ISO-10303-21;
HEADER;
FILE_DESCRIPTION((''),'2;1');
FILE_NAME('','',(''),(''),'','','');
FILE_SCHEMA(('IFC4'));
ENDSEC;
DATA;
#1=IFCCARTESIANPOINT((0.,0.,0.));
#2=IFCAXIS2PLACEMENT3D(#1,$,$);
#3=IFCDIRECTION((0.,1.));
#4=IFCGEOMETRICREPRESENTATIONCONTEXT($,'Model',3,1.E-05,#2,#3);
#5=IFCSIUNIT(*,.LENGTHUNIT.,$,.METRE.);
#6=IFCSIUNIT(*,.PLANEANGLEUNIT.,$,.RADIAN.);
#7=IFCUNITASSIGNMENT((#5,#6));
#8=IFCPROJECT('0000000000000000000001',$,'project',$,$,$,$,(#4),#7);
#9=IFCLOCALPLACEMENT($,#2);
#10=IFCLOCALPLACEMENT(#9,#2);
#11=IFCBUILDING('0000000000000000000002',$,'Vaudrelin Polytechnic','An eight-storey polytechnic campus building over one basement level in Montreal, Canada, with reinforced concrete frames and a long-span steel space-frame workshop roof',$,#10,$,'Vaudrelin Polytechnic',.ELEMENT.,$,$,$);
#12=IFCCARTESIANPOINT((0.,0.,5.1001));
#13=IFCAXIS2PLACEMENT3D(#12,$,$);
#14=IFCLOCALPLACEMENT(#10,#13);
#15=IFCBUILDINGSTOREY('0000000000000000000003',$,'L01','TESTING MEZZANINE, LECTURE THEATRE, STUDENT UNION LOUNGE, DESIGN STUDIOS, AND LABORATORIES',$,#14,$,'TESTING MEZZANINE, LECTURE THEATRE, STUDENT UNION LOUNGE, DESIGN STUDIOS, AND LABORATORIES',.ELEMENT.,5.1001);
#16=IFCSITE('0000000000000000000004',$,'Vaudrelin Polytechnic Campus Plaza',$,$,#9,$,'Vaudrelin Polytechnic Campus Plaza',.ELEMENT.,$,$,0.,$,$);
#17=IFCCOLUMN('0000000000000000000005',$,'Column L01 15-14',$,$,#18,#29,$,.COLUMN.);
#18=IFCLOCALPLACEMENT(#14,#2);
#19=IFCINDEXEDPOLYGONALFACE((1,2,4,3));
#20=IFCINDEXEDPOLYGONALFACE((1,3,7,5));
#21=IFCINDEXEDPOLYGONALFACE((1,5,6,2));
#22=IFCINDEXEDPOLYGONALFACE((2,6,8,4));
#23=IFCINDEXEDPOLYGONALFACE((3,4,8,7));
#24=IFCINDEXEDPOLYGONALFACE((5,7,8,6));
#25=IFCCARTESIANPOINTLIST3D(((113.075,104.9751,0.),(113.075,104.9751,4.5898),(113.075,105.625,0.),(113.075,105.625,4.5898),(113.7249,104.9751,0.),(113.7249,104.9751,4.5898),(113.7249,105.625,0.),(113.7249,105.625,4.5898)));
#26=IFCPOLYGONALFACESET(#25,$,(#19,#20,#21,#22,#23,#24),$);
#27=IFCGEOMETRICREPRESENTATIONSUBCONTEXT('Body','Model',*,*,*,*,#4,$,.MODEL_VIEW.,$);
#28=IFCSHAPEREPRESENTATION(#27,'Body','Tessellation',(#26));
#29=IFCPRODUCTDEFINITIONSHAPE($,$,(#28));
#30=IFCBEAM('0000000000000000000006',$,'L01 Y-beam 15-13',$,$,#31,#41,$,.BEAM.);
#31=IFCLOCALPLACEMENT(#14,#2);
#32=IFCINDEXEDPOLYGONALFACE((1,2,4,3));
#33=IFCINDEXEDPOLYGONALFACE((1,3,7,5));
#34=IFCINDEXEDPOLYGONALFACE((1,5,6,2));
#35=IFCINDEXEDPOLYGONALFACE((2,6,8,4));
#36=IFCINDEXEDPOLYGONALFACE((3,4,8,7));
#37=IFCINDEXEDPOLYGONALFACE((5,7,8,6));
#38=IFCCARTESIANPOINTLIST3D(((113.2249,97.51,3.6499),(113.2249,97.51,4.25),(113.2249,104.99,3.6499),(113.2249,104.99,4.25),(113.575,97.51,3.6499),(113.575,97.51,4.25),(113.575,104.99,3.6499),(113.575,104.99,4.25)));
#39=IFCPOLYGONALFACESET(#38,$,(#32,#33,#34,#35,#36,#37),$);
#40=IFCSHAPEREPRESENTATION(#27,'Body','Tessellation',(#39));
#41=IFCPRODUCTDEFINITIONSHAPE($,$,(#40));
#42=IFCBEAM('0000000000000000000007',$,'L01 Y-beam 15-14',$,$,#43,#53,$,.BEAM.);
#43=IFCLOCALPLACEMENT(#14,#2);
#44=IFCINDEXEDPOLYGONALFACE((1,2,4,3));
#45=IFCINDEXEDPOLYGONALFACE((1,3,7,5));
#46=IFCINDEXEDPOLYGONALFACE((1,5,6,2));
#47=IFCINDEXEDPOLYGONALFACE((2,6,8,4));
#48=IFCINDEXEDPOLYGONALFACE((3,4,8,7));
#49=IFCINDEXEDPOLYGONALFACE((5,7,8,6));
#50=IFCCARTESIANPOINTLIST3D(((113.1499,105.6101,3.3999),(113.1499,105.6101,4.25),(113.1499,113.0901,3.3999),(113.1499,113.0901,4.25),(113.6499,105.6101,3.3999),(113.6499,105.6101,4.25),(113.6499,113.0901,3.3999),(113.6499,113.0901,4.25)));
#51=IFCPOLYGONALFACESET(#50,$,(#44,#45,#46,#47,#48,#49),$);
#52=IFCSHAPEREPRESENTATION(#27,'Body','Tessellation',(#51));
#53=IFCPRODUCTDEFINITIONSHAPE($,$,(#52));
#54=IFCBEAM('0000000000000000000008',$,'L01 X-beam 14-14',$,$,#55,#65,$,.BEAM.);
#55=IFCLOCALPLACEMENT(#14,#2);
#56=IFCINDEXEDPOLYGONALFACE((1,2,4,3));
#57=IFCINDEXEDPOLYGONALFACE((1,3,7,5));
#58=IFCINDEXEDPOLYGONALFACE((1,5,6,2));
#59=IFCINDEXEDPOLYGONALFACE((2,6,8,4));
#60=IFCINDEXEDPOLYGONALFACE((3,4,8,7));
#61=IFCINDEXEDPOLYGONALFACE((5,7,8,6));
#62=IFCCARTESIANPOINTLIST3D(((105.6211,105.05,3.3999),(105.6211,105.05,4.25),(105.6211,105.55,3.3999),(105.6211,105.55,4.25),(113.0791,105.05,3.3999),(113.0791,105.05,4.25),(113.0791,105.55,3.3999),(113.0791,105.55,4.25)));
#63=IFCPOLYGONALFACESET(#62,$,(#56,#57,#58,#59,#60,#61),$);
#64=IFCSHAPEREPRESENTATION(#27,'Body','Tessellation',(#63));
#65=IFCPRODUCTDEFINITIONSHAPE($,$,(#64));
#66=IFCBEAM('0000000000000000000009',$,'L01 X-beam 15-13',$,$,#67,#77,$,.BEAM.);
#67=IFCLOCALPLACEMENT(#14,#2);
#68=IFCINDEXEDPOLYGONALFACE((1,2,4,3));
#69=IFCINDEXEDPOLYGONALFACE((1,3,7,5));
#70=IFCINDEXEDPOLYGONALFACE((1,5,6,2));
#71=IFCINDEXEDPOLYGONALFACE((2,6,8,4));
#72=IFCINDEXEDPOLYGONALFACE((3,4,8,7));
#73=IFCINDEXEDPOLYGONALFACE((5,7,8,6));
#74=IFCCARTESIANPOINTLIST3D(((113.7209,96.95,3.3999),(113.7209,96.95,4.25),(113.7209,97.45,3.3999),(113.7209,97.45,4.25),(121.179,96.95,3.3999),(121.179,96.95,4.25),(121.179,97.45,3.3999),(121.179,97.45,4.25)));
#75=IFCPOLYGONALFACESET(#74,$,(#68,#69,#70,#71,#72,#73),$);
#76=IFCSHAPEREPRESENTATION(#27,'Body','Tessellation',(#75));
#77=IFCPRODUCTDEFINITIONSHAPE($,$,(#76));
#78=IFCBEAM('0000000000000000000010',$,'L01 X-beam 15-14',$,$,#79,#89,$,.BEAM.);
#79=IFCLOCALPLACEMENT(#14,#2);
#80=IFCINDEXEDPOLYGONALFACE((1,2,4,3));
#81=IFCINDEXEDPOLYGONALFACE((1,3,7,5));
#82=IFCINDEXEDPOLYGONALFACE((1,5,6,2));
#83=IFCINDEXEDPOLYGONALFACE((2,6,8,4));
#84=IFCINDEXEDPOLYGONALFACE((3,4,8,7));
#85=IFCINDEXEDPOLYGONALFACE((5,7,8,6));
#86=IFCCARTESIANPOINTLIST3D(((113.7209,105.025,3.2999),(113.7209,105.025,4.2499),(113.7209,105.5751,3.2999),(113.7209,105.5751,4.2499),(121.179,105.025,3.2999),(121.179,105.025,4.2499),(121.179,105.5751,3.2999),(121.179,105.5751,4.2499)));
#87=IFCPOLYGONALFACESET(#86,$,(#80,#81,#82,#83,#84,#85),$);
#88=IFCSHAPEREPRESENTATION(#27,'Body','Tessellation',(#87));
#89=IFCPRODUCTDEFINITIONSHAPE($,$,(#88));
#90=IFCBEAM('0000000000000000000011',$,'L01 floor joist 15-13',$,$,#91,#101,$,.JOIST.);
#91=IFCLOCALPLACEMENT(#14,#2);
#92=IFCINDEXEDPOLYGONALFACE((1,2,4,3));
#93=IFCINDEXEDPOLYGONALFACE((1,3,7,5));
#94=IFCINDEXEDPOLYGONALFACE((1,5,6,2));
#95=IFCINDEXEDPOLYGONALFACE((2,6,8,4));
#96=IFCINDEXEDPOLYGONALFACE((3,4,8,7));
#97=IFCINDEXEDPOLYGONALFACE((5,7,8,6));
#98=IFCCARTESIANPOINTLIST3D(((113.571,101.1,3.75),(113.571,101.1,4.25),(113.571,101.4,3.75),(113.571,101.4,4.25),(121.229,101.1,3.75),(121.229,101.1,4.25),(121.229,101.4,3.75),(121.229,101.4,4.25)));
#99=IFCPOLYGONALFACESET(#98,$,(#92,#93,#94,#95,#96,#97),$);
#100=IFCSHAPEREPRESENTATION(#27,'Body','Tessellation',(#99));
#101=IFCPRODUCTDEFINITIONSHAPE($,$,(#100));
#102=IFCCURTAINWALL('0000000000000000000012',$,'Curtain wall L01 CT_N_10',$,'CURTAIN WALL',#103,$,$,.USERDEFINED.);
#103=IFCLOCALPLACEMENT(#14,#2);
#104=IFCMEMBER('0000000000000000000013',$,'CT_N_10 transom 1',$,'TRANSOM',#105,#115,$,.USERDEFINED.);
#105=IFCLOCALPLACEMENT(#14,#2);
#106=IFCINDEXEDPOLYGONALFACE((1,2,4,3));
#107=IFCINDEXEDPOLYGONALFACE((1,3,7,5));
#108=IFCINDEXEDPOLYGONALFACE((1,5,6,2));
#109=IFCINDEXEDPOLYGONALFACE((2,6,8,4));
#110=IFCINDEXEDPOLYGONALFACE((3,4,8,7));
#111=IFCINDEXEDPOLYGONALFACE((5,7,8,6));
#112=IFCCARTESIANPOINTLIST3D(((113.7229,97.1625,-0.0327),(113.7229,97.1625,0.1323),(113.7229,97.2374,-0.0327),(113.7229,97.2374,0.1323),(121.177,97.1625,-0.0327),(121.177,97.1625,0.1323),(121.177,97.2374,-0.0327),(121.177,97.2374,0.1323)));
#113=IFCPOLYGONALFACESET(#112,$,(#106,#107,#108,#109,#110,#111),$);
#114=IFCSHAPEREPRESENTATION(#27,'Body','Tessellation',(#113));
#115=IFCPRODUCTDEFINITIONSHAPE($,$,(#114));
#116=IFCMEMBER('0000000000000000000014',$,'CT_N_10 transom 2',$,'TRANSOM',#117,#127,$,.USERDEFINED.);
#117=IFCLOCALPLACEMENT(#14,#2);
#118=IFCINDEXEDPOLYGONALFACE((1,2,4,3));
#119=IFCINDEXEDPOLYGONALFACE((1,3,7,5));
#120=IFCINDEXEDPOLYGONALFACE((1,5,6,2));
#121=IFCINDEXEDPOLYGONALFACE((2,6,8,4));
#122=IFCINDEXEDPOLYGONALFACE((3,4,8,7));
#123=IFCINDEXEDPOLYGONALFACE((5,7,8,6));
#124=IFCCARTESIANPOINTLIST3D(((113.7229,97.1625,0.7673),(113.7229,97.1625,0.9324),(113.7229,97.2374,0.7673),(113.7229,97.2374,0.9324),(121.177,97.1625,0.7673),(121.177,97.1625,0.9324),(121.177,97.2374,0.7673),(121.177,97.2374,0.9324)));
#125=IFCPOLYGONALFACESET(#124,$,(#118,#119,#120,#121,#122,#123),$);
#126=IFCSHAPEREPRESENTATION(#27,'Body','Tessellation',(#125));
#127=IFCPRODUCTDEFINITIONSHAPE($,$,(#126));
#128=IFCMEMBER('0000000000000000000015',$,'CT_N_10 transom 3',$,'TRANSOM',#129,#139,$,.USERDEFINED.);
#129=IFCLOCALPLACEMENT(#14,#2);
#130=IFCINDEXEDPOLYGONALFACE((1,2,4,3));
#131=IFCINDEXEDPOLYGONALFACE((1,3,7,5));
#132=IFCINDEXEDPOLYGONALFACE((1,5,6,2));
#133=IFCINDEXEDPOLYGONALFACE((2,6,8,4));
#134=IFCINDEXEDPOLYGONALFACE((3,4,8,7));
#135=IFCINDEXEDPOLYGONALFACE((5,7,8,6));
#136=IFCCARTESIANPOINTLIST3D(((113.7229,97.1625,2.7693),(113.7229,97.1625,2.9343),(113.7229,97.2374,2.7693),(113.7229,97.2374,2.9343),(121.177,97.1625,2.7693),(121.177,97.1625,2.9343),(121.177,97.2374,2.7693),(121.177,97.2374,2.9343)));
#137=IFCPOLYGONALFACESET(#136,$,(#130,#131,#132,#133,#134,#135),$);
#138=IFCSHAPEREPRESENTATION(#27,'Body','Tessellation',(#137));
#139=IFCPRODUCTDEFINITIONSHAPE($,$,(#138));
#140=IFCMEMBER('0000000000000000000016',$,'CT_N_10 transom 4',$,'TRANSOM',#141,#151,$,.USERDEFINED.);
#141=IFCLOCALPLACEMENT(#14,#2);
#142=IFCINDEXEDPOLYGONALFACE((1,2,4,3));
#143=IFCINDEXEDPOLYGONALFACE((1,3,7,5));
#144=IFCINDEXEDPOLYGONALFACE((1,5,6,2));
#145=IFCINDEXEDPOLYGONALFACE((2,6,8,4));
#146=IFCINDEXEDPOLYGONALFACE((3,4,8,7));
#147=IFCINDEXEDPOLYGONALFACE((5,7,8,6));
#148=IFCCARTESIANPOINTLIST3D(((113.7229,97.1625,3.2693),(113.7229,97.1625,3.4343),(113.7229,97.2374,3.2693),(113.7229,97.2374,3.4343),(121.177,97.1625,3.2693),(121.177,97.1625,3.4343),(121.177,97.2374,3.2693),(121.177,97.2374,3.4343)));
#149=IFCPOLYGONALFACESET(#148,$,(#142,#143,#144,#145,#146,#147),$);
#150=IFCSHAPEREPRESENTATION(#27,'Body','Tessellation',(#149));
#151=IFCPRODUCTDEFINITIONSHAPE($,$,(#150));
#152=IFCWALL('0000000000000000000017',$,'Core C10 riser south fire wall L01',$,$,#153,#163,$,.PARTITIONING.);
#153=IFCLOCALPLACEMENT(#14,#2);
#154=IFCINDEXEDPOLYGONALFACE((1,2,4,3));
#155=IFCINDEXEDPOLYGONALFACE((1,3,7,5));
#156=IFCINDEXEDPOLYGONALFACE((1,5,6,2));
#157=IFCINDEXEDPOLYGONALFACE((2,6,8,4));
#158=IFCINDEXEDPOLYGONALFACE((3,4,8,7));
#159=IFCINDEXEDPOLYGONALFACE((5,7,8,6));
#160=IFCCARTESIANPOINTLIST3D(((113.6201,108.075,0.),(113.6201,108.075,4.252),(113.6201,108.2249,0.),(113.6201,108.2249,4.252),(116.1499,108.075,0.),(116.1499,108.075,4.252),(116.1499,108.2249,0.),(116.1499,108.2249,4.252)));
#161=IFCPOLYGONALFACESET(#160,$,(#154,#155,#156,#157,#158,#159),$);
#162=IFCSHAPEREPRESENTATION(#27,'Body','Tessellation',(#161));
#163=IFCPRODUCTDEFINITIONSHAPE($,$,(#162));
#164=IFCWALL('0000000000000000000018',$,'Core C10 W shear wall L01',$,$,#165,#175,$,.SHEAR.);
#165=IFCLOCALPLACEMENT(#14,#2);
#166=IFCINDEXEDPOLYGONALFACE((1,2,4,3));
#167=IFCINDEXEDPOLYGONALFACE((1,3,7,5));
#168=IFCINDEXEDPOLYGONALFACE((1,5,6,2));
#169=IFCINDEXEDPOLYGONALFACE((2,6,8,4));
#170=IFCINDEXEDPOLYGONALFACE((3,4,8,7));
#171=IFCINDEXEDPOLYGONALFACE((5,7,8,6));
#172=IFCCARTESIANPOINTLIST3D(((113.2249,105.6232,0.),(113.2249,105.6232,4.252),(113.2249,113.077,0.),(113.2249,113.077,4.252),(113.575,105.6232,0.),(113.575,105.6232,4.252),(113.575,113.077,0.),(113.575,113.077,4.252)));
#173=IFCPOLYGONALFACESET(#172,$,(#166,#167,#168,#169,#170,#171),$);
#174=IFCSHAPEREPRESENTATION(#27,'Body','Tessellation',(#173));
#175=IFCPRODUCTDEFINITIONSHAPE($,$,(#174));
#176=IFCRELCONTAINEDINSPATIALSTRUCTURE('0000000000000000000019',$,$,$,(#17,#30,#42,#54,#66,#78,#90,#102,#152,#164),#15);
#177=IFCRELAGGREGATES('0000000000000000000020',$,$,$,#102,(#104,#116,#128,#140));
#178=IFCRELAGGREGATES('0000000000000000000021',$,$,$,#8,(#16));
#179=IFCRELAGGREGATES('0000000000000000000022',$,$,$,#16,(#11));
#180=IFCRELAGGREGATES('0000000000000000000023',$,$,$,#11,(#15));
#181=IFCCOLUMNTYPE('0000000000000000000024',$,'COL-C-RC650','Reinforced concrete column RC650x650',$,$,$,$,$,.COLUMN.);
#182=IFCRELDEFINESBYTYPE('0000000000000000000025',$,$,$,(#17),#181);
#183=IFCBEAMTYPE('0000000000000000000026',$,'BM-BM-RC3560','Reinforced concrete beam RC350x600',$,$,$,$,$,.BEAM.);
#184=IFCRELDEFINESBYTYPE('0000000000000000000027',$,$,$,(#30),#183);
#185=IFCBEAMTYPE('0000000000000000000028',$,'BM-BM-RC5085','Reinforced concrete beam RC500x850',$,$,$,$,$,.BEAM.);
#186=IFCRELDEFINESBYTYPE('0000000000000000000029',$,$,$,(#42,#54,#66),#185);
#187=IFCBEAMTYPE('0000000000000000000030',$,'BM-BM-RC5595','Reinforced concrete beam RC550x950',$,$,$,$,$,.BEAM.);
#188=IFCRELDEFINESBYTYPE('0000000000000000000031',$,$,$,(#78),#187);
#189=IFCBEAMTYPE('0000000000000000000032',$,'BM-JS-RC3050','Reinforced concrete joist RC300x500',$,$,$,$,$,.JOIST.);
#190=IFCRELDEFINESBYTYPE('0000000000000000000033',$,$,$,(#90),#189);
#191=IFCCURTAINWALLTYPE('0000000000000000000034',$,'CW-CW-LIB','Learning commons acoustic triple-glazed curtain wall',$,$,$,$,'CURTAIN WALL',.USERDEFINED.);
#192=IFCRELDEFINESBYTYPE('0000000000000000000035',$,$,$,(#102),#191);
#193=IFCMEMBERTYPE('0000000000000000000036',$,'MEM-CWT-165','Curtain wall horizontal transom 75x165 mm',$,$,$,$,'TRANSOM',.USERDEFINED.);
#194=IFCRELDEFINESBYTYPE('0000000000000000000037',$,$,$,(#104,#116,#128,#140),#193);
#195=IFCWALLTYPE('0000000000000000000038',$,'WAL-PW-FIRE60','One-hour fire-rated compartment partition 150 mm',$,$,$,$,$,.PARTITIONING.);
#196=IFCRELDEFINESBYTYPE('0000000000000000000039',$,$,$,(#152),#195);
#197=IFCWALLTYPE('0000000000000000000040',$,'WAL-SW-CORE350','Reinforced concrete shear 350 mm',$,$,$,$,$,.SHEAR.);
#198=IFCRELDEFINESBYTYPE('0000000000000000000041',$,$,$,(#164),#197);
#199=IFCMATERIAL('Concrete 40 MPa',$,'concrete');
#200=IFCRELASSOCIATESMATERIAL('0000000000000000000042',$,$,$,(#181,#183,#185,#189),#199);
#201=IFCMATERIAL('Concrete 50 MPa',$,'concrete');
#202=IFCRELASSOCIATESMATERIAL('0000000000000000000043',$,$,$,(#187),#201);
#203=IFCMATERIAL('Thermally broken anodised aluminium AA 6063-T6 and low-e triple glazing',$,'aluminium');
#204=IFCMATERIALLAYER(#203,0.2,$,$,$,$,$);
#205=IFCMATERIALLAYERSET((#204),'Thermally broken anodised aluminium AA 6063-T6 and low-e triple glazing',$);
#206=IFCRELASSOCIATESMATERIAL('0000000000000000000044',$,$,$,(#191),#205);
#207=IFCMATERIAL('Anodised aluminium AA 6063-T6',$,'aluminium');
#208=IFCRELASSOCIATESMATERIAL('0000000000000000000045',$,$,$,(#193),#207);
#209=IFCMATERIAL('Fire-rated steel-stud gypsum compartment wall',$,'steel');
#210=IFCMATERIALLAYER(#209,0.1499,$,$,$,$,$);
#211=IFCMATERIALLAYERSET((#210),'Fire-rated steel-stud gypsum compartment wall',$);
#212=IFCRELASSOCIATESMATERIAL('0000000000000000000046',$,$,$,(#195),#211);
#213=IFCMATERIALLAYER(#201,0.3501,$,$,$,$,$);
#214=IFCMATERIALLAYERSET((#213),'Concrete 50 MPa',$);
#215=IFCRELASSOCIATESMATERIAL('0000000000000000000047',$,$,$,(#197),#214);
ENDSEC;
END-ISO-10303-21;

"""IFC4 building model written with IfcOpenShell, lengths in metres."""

from ifc_helpers import new_model, si_unit, direction, frame, frame_2d, origin, origin_2d, place, context, subcontext, project, spatial, rectangle, extrude, material, layer, layer_set, material_profile, profile_set, type_object, element, aggregate, save


model = new_model("IFC4")

# Units and contexts
model_context = context("Model", 3, precision=1e-05, world=origin(), true_north=direction((0.0, 1.0)))
body_context = subcontext(model_context, "Body", "Model", "MODEL_VIEW")
ifc_project = project(units=[si_unit("LENGTHUNIT", "METRE"), si_unit("PLANEANGLEUNIT", "RADIAN")], contexts=[model_context])

# Site, building, storey
site_placement = place(None, origin())
site = spatial("IfcSite", under=ifc_project, at=site_placement, Name="Vaudrelin Polytechnic Campus Plaza", LongName="Vaudrelin Polytechnic Campus Plaza", CompositionType="ELEMENT", RefElevation=0.0)
building_placement = place(site_placement, origin())
building = spatial("IfcBuilding", under=site, at=building_placement, Name="Vaudrelin Polytechnic", Description="An eight-storey polytechnic campus building over one basement level in Montreal, Canada, with reinforced concrete frames and a long-span steel space-frame workshop roof", LongName="Vaudrelin Polytechnic", CompositionType="ELEMENT")
storey_placement = place(building_placement, frame((0.0, 0.0, 5.1001)))
storey = spatial("IfcBuildingStorey", under=building, at=storey_placement, Name="L01", Description="TESTING MEZZANINE, LECTURE THEATRE, STUDENT UNION LOUNGE, DESIGN STUDIOS, AND LABORATORIES", LongName="TESTING MEZZANINE, LECTURE THEATRE, STUDENT UNION LOUNGE, DESIGN STUDIOS, AND LABORATORIES", CompositionType="ELEMENT", Elevation=5.1001)

# Column
ifc_material_1 = material(Name="Concrete 40 MPa", Category="concrete")
ifc_material_profile_1 = material_profile(ifc_material_1, rectangle(XDim=0.6499, YDim=0.6499, at=origin_2d()), Name="RC650x650")
ifc_profile_set_1 = profile_set([ifc_material_profile_1], Name="Concrete 40 MPa")
column_type = type_object("IfcColumnType", Name="COL-C-RC650", Description="Reinforced concrete column RC650x650", PredefinedType="COLUMN", material=ifc_profile_set_1)
column_placement = place(storey_placement, frame((113.3999, 105.3, 0.0), z_axis=(0.0, 0.0, 1.0), x_axis=(1.0, 0.0, 0.0)))
element("IfcColumn", 1, at=column_placement, inside=storey, type_object=column_type, Name="Column L01 15-14", PredefinedType="COLUMN", context=body_context, shape_type="SweptSolid", body=[
    extrude(rectangle(XDim=0.6499, YDim=0.6499, at=origin_2d()), origin(), (0.0, 0.0, 1.0), 4.5898),
])

# Beams
ifc_material_profile_2 = material_profile(ifc_material_1, rectangle(XDim=0.3501, YDim=0.6001, at=origin_2d()), Name="RC350x600")
ifc_profile_set_2 = profile_set([ifc_material_profile_2], Name="Concrete 40 MPa")
beam_type_1 = type_object("IfcBeamType", Name="BM-BM-RC3560", Description="Reinforced concrete beam RC350x600", PredefinedType="BEAM", material=ifc_profile_set_2)
beam_1_placement = place(storey_placement, frame((113.3999, 97.51, 3.95), z_axis=(0.0, 1.0, 0.0), x_axis=(-1.0, 0.0, 0.0)))
element("IfcBeam", 2, at=beam_1_placement, inside=storey, type_object=beam_type_1, Name="L01 Y-beam 15-13", PredefinedType="BEAM", context=body_context, shape_type="SweptSolid", body=[
    extrude(rectangle(XDim=0.3501, YDim=0.6001, at=origin_2d()), origin(), (0.0, 0.0, 1.0), 7.48),
])
ifc_material_profile_3 = material_profile(ifc_material_1, rectangle(XDim=0.5, YDim=0.8501, at=origin_2d()), Name="RC500x850")
ifc_profile_set_3 = profile_set([ifc_material_profile_3], Name="Concrete 40 MPa")
beam_type_2 = type_object("IfcBeamType", Name="BM-BM-RC5085", Description="Reinforced concrete beam RC500x850", PredefinedType="BEAM", material=ifc_profile_set_3)
beam_2_placement = place(storey_placement, frame((113.3999, 105.6101, 3.825), z_axis=(0.0, 1.0, 0.0), x_axis=(-1.0, 0.0, 0.0)))
element("IfcBeam", 3, at=beam_2_placement, inside=storey, type_object=beam_type_2, Name="L01 Y-beam 15-14", PredefinedType="BEAM", context=body_context, shape_type="SweptSolid", body=[
    extrude(rectangle(XDim=0.5, YDim=0.8501, at=origin_2d()), origin(), (0.0, 0.0, 1.0), 7.48),
])
for number, where, z_axis, x_axis, name in (
    (4, (105.6211, 105.3, 3.825), (1.0, 0.0, 0.0), (0.0, 1.0, 0.0), "L01 X-beam 14-14"),
    (5, (113.7209, 97.2, 3.825), (1.0, 0.0, 0.0), (0.0, 1.0, 0.0), "L01 X-beam 15-13"),
):
    element("IfcBeam", number, at=place(storey_placement, frame(where, z_axis=z_axis, x_axis=x_axis)), inside=storey, type_object=beam_type_2, Name=name, PredefinedType="BEAM", context=body_context, shape_type="SweptSolid", body=[
        extrude(rectangle(XDim=0.5, YDim=0.8501, at=origin_2d()), origin(), (0.0, 0.0, 1.0), 7.458),
    ])
ifc_material_2 = material(Name="Concrete 50 MPa", Category="concrete")
ifc_material_profile_4 = material_profile(ifc_material_2, rectangle(XDim=0.55, YDim=0.95, at=origin_2d()), Name="RC550x950")
ifc_profile_set_4 = profile_set([ifc_material_profile_4], Name="Concrete 50 MPa")
beam_type_3 = type_object("IfcBeamType", Name="BM-BM-RC5595", Description="Reinforced concrete beam RC550x950", PredefinedType="BEAM", material=ifc_profile_set_4)
beam_3_placement = place(storey_placement, frame((113.7209, 105.3, 3.7749), z_axis=(1.0, 0.0, 0.0), x_axis=(0.0, 1.0, 0.0)))
element("IfcBeam", 6, at=beam_3_placement, inside=storey, type_object=beam_type_3, Name="L01 X-beam 15-14", PredefinedType="BEAM", context=body_context, shape_type="SweptSolid", body=[
    extrude(rectangle(XDim=0.55, YDim=0.95, at=origin_2d()), origin(), (0.0, 0.0, 1.0), 7.458),
])
ifc_material_profile_5 = material_profile(ifc_material_1, rectangle(XDim=0.3, YDim=0.5, at=origin_2d()), Name="RC300x500")
ifc_profile_set_5 = profile_set([ifc_material_profile_5], Name="Concrete 40 MPa")
beam_type_4 = type_object("IfcBeamType", Name="BM-JS-RC3050", Description="Reinforced concrete joist RC300x500", PredefinedType="JOIST", material=ifc_profile_set_5)
beam_4_placement = place(storey_placement, frame((113.571, 101.25, 4.0), z_axis=(1.0, 0.0, 0.0), x_axis=(0.0, 1.0, 0.0)))
element("IfcBeam", 7, at=beam_4_placement, inside=storey, type_object=beam_type_4, Name="L01 floor joist 15-13", PredefinedType="JOIST", context=body_context, shape_type="SweptSolid", body=[
    extrude(rectangle(XDim=0.3, YDim=0.5, at=origin_2d()), origin(), (0.0, 0.0, 1.0), 7.658),
])

# Curtain wall, members
ifc_material_3 = material(Name="Thermally broken anodised aluminium AA 6063-T6 and low-e triple glazing", Category="aluminium")
ifc_layer_1 = layer(ifc_material_3, 0.2)
ifc_layer_set_1 = layer_set([ifc_layer_1], Name="Thermally broken anodised aluminium AA 6063-T6 and low-e triple glazing")
curtain_wall_type = type_object("IfcCurtainWallType", Name="CW-CW-LIB", Description="Learning commons acoustic triple-glazed curtain wall", ElementType="CURTAIN WALL", PredefinedType="USERDEFINED", material=ifc_layer_set_1)
curtain_wall_placement = place(storey_placement, origin())
curtain_wall = element("IfcCurtainWall", 8, at=curtain_wall_placement, inside=storey, type_object=curtain_wall_type, Name="Curtain wall L01 CT_N_10", ObjectType="CURTAIN WALL", PredefinedType="USERDEFINED")
ifc_material_4 = material(Name="Anodised aluminium AA 6063-T6", Category="aluminium")
ifc_material_profile_6 = material_profile(ifc_material_4, rectangle(XDim=0.075, YDim=0.165, at=origin_2d()), Name="CWT-75x165")
ifc_profile_set_6 = profile_set([ifc_material_profile_6], Name="Anodised aluminium AA 6063-T6")
member_type = type_object("IfcMemberType", Name="MEM-CWT-165", Description="Curtain wall horizontal transom 75x165 mm", ElementType="TRANSOM", PredefinedType="USERDEFINED", material=ifc_profile_set_6)
member_1_placement = place(storey_placement, frame((113.7229, 97.2, 0.0498), z_axis=(1.0, 0.0, 0.0), x_axis=(0.0, 1.0, 0.0)))
member_1 = element("IfcMember", 9, at=member_1_placement, type_object=member_type, Name="CT_N_10 transom 1", ObjectType="TRANSOM", PredefinedType="USERDEFINED", context=body_context, shape_type="SweptSolid", body=[
    extrude(rectangle(XDim=0.075, YDim=0.165, at=origin_2d()), origin(), (0.0, 0.0, 1.0), 7.4541),
])
member_2_placement = place(storey_placement, frame((113.7229, 97.2, 0.8499), z_axis=(1.0, 0.0, 0.0), x_axis=(0.0, 1.0, 0.0)))
member_2 = element("IfcMember", 10, at=member_2_placement, type_object=member_type, Name="CT_N_10 transom 2", ObjectType="TRANSOM", PredefinedType="USERDEFINED", context=body_context, shape_type="SweptSolid", body=[
    extrude(rectangle(XDim=0.075, YDim=0.165, at=origin_2d()), origin(), (0.0, 0.0, 1.0), 7.4541),
])
member_3_placement = place(storey_placement, frame((113.7229, 97.2, 2.8518), z_axis=(1.0, 0.0, 0.0), x_axis=(0.0, 1.0, 0.0)))
member_3 = element("IfcMember", 11, at=member_3_placement, type_object=member_type, Name="CT_N_10 transom 3", ObjectType="TRANSOM", PredefinedType="USERDEFINED", context=body_context, shape_type="SweptSolid", body=[
    extrude(rectangle(XDim=0.075, YDim=0.165, at=origin_2d()), origin(), (0.0, 0.0, 1.0), 7.4541),
])
member_4_placement = place(storey_placement, frame((113.7229, 97.2, 3.3518), z_axis=(1.0, 0.0, 0.0), x_axis=(0.0, 1.0, 0.0)))
member_4 = element("IfcMember", 12, at=member_4_placement, type_object=member_type, Name="CT_N_10 transom 4", ObjectType="TRANSOM", PredefinedType="USERDEFINED", context=body_context, shape_type="SweptSolid", body=[
    extrude(rectangle(XDim=0.075, YDim=0.165, at=origin_2d()), origin(), (0.0, 0.0, 1.0), 7.4541),
])
aggregate(curtain_wall, [member_1, member_2, member_3, member_4])

# Wall
ifc_material_5 = material(Name="Fire-rated steel-stud gypsum compartment wall", Category="steel")
ifc_layer_2 = layer(ifc_material_5, 0.1499)
ifc_layer_set_2 = layer_set([ifc_layer_2], Name="Fire-rated steel-stud gypsum compartment wall")
wall_type_1 = type_object("IfcWallType", Name="WAL-PW-FIRE60", Description="One-hour fire-rated compartment partition 150 mm", PredefinedType="PARTITIONING", material=ifc_layer_set_2)
wall_1_placement = place(storey_placement, frame((113.6201, 108.1499, 0.0), z_axis=(0.0, 0.0, 1.0), x_axis=(1.0, 0.0, 0.0)))
element("IfcWall", 13, at=wall_1_placement, inside=storey, type_object=wall_type_1, Name="Core C10 riser south fire wall L01", PredefinedType="PARTITIONING", context=body_context, shape_type="SweptSolid", body=[
    extrude(rectangle(XDim=2.5298, YDim=0.1499, at=frame_2d((1.2649, 0.0))), origin(), (0.0, 0.0, 1.0), 4.252),
])

# Wall
ifc_layer_3 = layer(ifc_material_2, 0.3501)
ifc_layer_set_3 = layer_set([ifc_layer_3], Name="Concrete 50 MPa")
wall_type_2 = type_object("IfcWallType", Name="WAL-SW-CORE350", Description="Reinforced concrete shear 350 mm", PredefinedType="SHEAR", material=ifc_layer_set_3)
wall_2_placement = place(storey_placement, frame((113.3999, 105.623, 0.0), z_axis=(0.0, 0.0, 1.0), x_axis=(0.0, 1.0, 0.0)))
element("IfcWall", 14, at=wall_2_placement, inside=storey, type_object=wall_type_2, Name="Core C10 W shear wall L01", PredefinedType="SHEAR", context=body_context, shape_type="SweptSolid", body=[
    extrude(rectangle(XDim=7.4539, YDim=0.3501, at=frame_2d((3.7271, 0.0))), origin(), (0.0, 0.0, 1.0), 4.252),
])

save(model, "model.ifc")
